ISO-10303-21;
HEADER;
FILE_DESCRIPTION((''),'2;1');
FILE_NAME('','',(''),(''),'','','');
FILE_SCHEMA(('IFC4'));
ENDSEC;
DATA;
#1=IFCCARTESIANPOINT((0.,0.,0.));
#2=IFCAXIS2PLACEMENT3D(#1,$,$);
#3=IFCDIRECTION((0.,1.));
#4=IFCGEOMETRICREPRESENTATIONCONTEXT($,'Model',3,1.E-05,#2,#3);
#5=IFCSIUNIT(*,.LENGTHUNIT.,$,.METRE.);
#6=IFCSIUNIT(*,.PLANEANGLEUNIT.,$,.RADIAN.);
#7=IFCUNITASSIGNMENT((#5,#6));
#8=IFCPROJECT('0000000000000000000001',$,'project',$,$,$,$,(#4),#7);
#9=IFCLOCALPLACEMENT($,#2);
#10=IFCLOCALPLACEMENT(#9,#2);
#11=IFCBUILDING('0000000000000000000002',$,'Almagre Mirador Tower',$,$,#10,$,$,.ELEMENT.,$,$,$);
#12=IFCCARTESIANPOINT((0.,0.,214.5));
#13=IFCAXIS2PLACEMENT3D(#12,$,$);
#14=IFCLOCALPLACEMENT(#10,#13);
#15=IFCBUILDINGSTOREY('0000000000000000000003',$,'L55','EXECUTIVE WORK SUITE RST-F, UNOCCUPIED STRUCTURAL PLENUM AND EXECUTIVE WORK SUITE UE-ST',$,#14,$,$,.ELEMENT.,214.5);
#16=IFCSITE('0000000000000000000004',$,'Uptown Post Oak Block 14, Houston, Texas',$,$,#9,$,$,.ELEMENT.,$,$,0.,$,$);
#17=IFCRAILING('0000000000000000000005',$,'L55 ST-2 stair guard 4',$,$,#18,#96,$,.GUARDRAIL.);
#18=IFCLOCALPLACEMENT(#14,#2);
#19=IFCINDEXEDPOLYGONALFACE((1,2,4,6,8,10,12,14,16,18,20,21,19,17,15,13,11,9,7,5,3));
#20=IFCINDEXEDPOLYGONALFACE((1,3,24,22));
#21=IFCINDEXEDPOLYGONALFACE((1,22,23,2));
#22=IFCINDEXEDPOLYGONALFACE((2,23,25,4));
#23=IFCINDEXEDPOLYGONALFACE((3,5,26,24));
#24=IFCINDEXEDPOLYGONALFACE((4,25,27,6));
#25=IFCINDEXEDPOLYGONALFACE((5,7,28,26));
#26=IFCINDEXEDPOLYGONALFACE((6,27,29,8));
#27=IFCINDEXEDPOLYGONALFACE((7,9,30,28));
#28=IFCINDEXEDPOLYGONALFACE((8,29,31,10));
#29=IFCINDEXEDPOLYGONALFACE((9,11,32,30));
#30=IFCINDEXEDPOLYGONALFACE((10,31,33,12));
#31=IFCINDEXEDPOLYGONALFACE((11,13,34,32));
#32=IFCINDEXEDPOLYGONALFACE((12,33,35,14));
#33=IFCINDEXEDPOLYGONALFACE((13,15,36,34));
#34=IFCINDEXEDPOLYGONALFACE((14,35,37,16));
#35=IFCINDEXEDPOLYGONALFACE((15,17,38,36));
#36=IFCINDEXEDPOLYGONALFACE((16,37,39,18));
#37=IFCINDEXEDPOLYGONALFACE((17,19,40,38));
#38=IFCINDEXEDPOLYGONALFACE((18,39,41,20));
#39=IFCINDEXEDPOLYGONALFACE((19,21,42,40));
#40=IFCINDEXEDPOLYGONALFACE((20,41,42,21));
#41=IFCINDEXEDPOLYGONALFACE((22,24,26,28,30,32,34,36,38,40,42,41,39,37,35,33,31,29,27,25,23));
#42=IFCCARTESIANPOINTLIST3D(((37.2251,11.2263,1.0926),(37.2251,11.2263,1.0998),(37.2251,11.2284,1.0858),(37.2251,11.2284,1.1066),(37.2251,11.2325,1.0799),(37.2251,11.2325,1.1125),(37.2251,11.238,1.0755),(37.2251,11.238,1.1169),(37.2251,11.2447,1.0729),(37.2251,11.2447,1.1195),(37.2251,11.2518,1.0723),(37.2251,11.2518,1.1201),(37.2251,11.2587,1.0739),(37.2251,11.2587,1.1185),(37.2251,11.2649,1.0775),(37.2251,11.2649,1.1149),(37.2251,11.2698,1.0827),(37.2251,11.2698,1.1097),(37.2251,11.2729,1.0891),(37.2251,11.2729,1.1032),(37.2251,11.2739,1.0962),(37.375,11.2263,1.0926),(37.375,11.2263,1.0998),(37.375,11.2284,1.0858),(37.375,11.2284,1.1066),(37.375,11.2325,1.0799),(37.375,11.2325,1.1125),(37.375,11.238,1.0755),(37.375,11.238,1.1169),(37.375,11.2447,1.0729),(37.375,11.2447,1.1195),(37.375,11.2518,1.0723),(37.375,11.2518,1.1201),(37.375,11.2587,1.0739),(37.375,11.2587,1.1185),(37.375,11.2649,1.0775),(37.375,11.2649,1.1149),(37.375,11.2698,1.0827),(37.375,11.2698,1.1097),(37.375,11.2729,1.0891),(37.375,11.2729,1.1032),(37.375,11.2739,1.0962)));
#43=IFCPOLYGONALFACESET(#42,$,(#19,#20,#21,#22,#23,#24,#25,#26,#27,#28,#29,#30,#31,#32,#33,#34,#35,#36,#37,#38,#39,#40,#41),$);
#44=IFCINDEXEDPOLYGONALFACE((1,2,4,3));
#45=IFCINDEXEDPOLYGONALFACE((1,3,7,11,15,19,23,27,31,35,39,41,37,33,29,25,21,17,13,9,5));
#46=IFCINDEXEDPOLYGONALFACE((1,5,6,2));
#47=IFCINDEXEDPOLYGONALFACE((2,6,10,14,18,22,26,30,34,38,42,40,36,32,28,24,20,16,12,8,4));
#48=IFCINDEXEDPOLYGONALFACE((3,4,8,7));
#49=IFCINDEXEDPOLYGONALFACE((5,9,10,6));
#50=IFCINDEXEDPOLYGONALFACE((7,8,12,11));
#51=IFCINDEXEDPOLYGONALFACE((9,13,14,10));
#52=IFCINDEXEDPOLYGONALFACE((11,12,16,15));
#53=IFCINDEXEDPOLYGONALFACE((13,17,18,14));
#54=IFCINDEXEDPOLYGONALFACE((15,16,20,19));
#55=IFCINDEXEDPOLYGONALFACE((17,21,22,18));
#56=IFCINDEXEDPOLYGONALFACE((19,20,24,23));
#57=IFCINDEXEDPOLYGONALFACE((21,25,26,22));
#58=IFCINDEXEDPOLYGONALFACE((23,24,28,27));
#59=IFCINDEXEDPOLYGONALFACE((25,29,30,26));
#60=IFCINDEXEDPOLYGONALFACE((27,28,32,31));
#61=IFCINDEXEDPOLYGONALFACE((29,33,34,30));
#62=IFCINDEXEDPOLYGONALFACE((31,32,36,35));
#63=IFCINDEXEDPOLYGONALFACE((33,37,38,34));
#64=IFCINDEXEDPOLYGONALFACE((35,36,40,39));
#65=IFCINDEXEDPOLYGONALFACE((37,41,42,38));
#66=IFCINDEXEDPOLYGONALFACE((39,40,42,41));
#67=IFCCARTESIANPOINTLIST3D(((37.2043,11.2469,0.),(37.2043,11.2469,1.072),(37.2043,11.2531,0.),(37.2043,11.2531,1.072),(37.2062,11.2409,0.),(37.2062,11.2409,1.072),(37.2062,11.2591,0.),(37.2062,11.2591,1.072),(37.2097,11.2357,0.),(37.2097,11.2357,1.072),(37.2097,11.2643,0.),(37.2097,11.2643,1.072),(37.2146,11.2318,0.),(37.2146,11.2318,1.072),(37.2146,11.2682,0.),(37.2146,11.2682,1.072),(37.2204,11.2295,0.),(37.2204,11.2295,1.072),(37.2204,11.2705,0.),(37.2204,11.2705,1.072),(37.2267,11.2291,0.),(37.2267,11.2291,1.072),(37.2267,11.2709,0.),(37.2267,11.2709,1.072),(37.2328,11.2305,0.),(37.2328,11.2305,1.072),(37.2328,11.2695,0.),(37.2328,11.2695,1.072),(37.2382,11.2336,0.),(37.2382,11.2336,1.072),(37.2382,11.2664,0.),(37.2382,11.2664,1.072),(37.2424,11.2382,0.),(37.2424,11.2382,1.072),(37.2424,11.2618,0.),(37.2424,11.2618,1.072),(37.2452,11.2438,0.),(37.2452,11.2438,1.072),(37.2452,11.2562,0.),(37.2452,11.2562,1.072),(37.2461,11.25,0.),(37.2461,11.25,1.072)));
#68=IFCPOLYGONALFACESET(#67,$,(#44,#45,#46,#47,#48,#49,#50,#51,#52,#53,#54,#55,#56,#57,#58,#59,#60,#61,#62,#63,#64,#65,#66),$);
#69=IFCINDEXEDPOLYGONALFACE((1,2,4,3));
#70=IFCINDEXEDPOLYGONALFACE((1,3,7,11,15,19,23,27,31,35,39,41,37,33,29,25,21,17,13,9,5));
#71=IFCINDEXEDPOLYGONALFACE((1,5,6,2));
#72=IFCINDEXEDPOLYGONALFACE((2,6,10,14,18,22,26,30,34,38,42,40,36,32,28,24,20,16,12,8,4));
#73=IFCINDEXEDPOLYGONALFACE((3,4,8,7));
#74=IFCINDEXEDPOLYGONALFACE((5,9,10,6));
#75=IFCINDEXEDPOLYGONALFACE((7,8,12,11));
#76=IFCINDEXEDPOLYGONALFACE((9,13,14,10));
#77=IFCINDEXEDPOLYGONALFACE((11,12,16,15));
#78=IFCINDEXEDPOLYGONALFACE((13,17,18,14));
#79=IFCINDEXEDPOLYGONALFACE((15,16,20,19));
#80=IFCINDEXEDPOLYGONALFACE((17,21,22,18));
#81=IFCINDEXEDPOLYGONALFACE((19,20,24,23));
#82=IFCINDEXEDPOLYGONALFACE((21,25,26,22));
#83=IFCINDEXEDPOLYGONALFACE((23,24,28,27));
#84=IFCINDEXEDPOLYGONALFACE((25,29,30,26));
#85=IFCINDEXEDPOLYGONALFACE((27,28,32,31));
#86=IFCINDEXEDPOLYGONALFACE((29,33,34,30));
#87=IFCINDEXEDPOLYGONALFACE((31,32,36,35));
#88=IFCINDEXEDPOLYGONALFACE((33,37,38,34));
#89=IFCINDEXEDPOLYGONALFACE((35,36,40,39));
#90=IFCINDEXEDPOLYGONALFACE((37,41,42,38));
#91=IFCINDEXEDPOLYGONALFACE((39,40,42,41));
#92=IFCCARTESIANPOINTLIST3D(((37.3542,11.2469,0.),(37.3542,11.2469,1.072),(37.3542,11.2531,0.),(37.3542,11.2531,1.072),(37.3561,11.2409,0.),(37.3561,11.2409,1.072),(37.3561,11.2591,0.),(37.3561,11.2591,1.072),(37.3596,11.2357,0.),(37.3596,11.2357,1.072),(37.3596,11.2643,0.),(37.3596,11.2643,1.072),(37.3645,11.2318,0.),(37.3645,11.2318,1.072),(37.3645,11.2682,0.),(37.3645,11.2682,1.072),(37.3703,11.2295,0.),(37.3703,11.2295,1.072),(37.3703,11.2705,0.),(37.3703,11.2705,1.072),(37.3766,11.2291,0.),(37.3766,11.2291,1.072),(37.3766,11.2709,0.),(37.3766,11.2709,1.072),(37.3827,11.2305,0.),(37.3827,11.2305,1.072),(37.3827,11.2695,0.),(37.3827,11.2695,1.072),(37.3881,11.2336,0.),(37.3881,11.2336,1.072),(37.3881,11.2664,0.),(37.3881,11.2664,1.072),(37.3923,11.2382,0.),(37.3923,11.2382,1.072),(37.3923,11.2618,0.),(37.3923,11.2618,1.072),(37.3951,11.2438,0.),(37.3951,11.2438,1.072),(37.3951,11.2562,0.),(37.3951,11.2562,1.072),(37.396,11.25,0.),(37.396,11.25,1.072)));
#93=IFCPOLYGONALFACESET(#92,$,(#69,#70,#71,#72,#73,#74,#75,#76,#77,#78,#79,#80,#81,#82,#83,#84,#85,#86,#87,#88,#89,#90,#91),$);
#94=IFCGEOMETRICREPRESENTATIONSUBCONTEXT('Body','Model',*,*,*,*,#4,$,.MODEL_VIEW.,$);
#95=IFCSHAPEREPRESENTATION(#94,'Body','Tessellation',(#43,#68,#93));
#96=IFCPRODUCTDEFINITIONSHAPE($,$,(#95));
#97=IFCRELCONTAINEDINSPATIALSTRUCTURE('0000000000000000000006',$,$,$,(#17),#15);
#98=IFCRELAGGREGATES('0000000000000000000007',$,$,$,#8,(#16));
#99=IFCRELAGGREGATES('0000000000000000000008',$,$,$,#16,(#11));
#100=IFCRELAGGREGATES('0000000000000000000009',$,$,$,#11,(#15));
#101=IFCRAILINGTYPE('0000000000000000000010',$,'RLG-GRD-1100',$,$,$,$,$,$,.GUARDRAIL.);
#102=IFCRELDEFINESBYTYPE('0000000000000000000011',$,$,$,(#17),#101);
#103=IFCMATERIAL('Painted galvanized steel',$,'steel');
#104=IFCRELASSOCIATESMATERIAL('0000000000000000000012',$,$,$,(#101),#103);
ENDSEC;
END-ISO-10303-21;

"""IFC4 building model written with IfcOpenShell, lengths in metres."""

from ifc_helpers import new_model, si_unit, direction, frame, origin, origin_2d, place, context, subcontext, project, spatial, circle, extrude, material, type_object, element, save


model = new_model("IFC4")

# Units and contexts
model_context = context("Model", 3, precision=1e-05, world=origin(), true_north=direction((0.0, 1.0)))
body_context = subcontext(model_context, "Body", "Model", "MODEL_VIEW")
ifc_project = project(units=[si_unit("LENGTHUNIT", "METRE"), si_unit("PLANEANGLEUNIT", "RADIAN")], contexts=[model_context])

# Site, building, storey
site_placement = place(None, origin())
site = spatial("IfcSite", under=ifc_project, at=site_placement, Name="Uptown Post Oak Block 14, Houston, Texas", CompositionType="ELEMENT", RefElevation=0.0)
building_placement = place(site_placement, origin())
building = spatial("IfcBuilding", under=site, at=building_placement, Name="Almagre Mirador Tower", CompositionType="ELEMENT")
storey_placement = place(building_placement, frame((0.0, 0.0, 214.5)))
storey = spatial("IfcBuildingStorey", under=building, at=storey_placement, Name="L55", Description="EXECUTIVE WORK SUITE RST-F, UNOCCUPIED STRUCTURAL PLENUM AND EXECUTIVE WORK SUITE UE-ST", CompositionType="ELEMENT", Elevation=214.5)

# Railing
ifc_material_1 = material(Name="Painted galvanized steel", Category="steel")
railing_type_1 = type_object("IfcRailingType", Name="RLG-GRD-1100", PredefinedType="GUARDRAIL", material=ifc_material_1)
railing_1_placement = place(storey_placement, frame((37.2251, 11.25, 0.0)))
element("IfcRailing", 1, at=railing_1_placement, inside=storey, type_object=railing_type_1, Name="L55 ST-2 stair guard 4", PredefinedType="GUARDRAIL", context=body_context, shape_type="SweptSolid", body=[
    extrude(circle(Radius=0.0239, at=origin_2d()), frame((0.0, 0.0, 1.0962), z_axis=(1.0, 0.0, 0.0), x_axis=(0.0, 1.0, 0.0)), (0.0, 0.0, 1.0), 0.1499),
    extrude(circle(Radius=0.021, at=origin_2d()), origin(), (0.0, 0.0, 1.0), 1.072),
    extrude(circle(Radius=0.021, at=origin_2d()), frame((0.1499, 0.0, 0.0)), (0.0, 0.0, 1.0), 1.072),
])

save(model, "model.ifc")
